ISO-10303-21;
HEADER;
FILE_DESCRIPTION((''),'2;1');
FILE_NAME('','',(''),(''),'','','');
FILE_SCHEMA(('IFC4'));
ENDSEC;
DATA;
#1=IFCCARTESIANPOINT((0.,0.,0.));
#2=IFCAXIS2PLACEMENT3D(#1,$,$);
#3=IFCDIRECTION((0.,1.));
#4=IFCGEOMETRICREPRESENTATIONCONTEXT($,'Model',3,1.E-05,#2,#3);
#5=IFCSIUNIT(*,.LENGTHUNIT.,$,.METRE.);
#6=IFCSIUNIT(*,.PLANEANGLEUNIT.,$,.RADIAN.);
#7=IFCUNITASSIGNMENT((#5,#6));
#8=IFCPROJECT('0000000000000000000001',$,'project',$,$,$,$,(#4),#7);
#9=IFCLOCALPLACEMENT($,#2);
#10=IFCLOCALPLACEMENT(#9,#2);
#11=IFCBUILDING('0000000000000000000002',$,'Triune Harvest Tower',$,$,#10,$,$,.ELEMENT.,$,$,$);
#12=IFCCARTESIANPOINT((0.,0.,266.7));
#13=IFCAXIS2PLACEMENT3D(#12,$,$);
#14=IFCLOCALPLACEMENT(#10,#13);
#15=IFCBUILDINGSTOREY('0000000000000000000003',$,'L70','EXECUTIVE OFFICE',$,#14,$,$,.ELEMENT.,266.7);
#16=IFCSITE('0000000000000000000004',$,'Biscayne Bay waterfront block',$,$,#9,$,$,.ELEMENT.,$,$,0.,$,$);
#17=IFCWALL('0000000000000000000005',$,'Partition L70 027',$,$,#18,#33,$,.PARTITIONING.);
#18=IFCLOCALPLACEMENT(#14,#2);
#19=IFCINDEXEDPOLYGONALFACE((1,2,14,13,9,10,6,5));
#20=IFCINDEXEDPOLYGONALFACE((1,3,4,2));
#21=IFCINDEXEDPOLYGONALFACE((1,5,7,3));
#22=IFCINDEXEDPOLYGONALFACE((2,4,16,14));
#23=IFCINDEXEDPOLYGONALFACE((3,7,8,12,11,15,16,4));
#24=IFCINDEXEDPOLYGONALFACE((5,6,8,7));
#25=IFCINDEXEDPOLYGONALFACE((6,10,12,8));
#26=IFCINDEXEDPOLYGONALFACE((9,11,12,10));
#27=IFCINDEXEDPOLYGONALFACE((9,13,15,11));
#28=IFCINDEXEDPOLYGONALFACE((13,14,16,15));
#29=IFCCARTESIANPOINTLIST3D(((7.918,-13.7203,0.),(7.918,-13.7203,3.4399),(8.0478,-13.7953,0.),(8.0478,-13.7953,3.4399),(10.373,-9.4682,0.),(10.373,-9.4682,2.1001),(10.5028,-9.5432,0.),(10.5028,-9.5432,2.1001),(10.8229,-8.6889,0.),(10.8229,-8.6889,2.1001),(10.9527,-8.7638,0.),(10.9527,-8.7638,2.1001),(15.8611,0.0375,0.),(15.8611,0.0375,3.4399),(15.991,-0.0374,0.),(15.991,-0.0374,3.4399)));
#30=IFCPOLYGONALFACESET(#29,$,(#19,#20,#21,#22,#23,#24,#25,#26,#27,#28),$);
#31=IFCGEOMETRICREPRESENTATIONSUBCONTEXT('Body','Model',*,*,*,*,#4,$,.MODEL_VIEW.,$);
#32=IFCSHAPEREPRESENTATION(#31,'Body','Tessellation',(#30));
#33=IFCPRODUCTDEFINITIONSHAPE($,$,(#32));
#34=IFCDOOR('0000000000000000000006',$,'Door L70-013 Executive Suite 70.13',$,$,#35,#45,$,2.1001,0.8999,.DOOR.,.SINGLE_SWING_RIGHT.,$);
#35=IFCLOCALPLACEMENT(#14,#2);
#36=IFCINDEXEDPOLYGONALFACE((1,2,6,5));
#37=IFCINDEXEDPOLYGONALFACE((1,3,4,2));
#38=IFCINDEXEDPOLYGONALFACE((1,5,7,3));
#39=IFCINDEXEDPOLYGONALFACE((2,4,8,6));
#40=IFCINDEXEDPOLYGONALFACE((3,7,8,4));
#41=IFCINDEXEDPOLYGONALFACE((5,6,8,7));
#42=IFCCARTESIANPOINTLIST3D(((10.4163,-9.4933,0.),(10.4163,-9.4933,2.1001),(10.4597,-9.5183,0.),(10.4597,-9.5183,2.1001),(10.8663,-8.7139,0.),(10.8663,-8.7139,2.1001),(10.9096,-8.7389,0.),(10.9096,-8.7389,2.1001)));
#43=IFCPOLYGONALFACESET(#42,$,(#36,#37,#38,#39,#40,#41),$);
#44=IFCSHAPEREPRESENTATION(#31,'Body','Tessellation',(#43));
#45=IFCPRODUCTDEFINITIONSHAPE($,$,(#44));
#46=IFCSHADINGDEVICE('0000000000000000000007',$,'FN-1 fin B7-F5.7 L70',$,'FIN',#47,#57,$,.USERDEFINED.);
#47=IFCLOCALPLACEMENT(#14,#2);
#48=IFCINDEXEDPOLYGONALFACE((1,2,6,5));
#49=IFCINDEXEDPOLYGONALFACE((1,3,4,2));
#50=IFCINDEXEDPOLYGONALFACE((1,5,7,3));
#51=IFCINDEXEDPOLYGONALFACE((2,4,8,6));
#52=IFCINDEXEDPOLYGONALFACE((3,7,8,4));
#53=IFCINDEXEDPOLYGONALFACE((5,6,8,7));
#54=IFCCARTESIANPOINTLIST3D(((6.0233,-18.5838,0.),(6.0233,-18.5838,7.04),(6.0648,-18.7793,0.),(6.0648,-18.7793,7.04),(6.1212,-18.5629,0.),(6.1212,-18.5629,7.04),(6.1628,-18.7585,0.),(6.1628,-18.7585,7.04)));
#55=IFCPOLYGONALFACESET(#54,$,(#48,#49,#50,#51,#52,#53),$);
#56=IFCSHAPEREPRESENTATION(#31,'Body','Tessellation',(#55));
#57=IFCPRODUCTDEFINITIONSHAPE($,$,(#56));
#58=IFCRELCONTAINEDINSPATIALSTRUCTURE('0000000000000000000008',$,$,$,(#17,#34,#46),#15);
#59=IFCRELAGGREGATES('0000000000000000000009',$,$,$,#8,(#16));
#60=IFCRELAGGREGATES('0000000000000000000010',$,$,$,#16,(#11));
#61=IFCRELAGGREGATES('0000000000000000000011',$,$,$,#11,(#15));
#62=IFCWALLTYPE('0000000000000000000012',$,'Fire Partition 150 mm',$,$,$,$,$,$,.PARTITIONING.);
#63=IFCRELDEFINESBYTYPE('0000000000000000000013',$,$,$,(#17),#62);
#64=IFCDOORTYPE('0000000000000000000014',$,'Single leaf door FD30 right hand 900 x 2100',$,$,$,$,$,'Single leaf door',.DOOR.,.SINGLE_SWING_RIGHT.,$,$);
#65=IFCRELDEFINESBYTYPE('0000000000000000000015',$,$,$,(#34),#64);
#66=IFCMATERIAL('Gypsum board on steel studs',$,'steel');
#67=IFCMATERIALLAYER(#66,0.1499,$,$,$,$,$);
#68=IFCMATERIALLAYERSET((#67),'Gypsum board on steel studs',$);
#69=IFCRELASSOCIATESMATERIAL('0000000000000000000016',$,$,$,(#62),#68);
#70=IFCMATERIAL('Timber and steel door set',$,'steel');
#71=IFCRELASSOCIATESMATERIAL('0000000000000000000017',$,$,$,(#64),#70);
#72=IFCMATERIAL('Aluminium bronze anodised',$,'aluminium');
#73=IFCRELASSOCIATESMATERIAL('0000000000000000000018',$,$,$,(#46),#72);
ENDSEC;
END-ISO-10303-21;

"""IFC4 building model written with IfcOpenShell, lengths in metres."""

from ifc_helpers import new_model, si_unit, direction, frame, frame_2d, origin, origin_2d, place, context, subcontext, project, spatial, rectangle, extrude, source, transform, mapped, material, layer, layer_set, type_object, element, fill, save


model = new_model("IFC4")

# Units and contexts
model_context = context("Model", 3, precision=1e-05, world=origin(), true_north=direction((0.0, 1.0)))
body_context = subcontext(model_context, "Body", "Model", "MODEL_VIEW")
ifc_project = project(units=[si_unit("LENGTHUNIT", "METRE"), si_unit("PLANEANGLEUNIT", "RADIAN")], contexts=[model_context])

# Site, building, storey
site_placement = place(None, origin())
site = spatial("IfcSite", under=ifc_project, at=site_placement, Name="Biscayne Bay waterfront block", CompositionType="ELEMENT", RefElevation=0.0)
building_placement = place(site_placement, origin())
building = spatial("IfcBuilding", under=site, at=building_placement, Name="Triune Harvest Tower", CompositionType="ELEMENT")
storey_placement = place(building_placement, frame((0.0, 0.0, 266.7)))
storey = spatial("IfcBuildingStorey", under=building, at=storey_placement, Name="L70", Description="EXECUTIVE OFFICE", CompositionType="ELEMENT", Elevation=266.7)

# Wall, opening, door
ifc_material_1 = material(Name="Gypsum board on steel studs", Category="steel")
ifc_layer_1 = layer(ifc_material_1, 0.1499)
ifc_layer_set_1 = layer_set([ifc_layer_1], Name="Gypsum board on steel studs")
wall_type_1 = type_object("IfcWallType", Name="Fire Partition 150 mm", PredefinedType="PARTITIONING", material=ifc_layer_set_1)
shared_shape_1 = source(origin(), body_context, "Body", "SweptSolid", [
    extrude(rectangle(XDim=15.8862, YDim=0.1499, at=frame_2d((7.9431, 0.0))), origin(), (0.0, 0.0, 1.0), 3.4399),
])
wall_1_placement = place(storey_placement, frame((7.9829, -13.7578, 0.0), z_axis=(0.0, 0.0, 1.0), x_axis=(0.500002, 0.866024, 0.0)))
wall_1 = element("IfcWall", 1, at=wall_1_placement, inside=storey, type_object=wall_type_1, Name="Partition L70 027", PredefinedType="PARTITIONING", context=body_context, shape_type="MappedRepresentation", body=[
    mapped(shared_shape_1, transform((0.0, 0.0, 0.0), scale=1.0)),
])
opening_1_placement = place(wall_1_placement, frame((4.9099, 0.0, 0.0)))
opening_1 = element("IfcOpeningElement", 2, at=opening_1_placement, cuts=wall_1, PredefinedType="OPENING", context=body_context, shape_type="SweptSolid", body=[
    extrude(rectangle(XDim=0.8999, YDim=2.1001, at=frame_2d((0.45, 1.05))), frame((0.0, 0.085, 0.0), z_axis=(0.0, -1.0, 0.0), x_axis=(1.0, 0.0, 0.0)), (0.0, 0.0, 1.0), 0.1699),
])
ifc_material_2 = material(Name="Timber and steel door set", Category="steel")
door_type_1 = type_object("IfcDoorType", Name="Single leaf door FD30 right hand 900 x 2100", ElementType="Single leaf door", OperationType="SINGLE_SWING_RIGHT", PredefinedType="DOOR", material=ifc_material_2)
door_1_placement = place(opening_1_placement, origin())
door_1 = element("IfcDoor", 3, at=door_1_placement, inside=storey, type_object=door_type_1, Name="Door L70-013 Executive Suite 70.13", OperationType="SINGLE_SWING_RIGHT", OverallHeight=2.1001, OverallWidth=0.8999, PredefinedType="DOOR", context=body_context, shape_type="SweptSolid", body=[
    extrude(rectangle(XDim=0.8999, YDim=2.1001, at=frame_2d((0.45, 1.05))), frame((0.0, 0.0249, 0.0), z_axis=(0.0, -1.0, 0.0), x_axis=(1.0, 0.0, 0.0)), (0.0, 0.0, 1.0), 0.05),
])
fill(opening_1, door_1)

# Shading device
ifc_material_3 = material(Name="Aluminium bronze anodised", Category="aluminium")
shared_shape_2 = source(origin(), body_context, "Body", "SweptSolid", [
    extrude(rectangle(XDim=0.1001, YDim=0.2, at=origin_2d()), origin(), (0.0, 0.0, 1.0), 7.04),
])
shading_device_placement = place(storey_placement, frame((6.093, -18.6711, 0.0), z_axis=(0.0, 0.0, 1.0), x_axis=(0.978148, 0.207911, 0.0)))
element("IfcShadingDevice", 4, at=shading_device_placement, inside=storey, material=ifc_material_3, Name="FN-1 fin B7-F5.7 L70", ObjectType="FIN", PredefinedType="USERDEFINED", context=body_context, shape_type="MappedRepresentation", body=[
    mapped(shared_shape_2, transform((0.0, 0.0, 0.0), scale=1.0)),
])

save(model, "model.ifc")
